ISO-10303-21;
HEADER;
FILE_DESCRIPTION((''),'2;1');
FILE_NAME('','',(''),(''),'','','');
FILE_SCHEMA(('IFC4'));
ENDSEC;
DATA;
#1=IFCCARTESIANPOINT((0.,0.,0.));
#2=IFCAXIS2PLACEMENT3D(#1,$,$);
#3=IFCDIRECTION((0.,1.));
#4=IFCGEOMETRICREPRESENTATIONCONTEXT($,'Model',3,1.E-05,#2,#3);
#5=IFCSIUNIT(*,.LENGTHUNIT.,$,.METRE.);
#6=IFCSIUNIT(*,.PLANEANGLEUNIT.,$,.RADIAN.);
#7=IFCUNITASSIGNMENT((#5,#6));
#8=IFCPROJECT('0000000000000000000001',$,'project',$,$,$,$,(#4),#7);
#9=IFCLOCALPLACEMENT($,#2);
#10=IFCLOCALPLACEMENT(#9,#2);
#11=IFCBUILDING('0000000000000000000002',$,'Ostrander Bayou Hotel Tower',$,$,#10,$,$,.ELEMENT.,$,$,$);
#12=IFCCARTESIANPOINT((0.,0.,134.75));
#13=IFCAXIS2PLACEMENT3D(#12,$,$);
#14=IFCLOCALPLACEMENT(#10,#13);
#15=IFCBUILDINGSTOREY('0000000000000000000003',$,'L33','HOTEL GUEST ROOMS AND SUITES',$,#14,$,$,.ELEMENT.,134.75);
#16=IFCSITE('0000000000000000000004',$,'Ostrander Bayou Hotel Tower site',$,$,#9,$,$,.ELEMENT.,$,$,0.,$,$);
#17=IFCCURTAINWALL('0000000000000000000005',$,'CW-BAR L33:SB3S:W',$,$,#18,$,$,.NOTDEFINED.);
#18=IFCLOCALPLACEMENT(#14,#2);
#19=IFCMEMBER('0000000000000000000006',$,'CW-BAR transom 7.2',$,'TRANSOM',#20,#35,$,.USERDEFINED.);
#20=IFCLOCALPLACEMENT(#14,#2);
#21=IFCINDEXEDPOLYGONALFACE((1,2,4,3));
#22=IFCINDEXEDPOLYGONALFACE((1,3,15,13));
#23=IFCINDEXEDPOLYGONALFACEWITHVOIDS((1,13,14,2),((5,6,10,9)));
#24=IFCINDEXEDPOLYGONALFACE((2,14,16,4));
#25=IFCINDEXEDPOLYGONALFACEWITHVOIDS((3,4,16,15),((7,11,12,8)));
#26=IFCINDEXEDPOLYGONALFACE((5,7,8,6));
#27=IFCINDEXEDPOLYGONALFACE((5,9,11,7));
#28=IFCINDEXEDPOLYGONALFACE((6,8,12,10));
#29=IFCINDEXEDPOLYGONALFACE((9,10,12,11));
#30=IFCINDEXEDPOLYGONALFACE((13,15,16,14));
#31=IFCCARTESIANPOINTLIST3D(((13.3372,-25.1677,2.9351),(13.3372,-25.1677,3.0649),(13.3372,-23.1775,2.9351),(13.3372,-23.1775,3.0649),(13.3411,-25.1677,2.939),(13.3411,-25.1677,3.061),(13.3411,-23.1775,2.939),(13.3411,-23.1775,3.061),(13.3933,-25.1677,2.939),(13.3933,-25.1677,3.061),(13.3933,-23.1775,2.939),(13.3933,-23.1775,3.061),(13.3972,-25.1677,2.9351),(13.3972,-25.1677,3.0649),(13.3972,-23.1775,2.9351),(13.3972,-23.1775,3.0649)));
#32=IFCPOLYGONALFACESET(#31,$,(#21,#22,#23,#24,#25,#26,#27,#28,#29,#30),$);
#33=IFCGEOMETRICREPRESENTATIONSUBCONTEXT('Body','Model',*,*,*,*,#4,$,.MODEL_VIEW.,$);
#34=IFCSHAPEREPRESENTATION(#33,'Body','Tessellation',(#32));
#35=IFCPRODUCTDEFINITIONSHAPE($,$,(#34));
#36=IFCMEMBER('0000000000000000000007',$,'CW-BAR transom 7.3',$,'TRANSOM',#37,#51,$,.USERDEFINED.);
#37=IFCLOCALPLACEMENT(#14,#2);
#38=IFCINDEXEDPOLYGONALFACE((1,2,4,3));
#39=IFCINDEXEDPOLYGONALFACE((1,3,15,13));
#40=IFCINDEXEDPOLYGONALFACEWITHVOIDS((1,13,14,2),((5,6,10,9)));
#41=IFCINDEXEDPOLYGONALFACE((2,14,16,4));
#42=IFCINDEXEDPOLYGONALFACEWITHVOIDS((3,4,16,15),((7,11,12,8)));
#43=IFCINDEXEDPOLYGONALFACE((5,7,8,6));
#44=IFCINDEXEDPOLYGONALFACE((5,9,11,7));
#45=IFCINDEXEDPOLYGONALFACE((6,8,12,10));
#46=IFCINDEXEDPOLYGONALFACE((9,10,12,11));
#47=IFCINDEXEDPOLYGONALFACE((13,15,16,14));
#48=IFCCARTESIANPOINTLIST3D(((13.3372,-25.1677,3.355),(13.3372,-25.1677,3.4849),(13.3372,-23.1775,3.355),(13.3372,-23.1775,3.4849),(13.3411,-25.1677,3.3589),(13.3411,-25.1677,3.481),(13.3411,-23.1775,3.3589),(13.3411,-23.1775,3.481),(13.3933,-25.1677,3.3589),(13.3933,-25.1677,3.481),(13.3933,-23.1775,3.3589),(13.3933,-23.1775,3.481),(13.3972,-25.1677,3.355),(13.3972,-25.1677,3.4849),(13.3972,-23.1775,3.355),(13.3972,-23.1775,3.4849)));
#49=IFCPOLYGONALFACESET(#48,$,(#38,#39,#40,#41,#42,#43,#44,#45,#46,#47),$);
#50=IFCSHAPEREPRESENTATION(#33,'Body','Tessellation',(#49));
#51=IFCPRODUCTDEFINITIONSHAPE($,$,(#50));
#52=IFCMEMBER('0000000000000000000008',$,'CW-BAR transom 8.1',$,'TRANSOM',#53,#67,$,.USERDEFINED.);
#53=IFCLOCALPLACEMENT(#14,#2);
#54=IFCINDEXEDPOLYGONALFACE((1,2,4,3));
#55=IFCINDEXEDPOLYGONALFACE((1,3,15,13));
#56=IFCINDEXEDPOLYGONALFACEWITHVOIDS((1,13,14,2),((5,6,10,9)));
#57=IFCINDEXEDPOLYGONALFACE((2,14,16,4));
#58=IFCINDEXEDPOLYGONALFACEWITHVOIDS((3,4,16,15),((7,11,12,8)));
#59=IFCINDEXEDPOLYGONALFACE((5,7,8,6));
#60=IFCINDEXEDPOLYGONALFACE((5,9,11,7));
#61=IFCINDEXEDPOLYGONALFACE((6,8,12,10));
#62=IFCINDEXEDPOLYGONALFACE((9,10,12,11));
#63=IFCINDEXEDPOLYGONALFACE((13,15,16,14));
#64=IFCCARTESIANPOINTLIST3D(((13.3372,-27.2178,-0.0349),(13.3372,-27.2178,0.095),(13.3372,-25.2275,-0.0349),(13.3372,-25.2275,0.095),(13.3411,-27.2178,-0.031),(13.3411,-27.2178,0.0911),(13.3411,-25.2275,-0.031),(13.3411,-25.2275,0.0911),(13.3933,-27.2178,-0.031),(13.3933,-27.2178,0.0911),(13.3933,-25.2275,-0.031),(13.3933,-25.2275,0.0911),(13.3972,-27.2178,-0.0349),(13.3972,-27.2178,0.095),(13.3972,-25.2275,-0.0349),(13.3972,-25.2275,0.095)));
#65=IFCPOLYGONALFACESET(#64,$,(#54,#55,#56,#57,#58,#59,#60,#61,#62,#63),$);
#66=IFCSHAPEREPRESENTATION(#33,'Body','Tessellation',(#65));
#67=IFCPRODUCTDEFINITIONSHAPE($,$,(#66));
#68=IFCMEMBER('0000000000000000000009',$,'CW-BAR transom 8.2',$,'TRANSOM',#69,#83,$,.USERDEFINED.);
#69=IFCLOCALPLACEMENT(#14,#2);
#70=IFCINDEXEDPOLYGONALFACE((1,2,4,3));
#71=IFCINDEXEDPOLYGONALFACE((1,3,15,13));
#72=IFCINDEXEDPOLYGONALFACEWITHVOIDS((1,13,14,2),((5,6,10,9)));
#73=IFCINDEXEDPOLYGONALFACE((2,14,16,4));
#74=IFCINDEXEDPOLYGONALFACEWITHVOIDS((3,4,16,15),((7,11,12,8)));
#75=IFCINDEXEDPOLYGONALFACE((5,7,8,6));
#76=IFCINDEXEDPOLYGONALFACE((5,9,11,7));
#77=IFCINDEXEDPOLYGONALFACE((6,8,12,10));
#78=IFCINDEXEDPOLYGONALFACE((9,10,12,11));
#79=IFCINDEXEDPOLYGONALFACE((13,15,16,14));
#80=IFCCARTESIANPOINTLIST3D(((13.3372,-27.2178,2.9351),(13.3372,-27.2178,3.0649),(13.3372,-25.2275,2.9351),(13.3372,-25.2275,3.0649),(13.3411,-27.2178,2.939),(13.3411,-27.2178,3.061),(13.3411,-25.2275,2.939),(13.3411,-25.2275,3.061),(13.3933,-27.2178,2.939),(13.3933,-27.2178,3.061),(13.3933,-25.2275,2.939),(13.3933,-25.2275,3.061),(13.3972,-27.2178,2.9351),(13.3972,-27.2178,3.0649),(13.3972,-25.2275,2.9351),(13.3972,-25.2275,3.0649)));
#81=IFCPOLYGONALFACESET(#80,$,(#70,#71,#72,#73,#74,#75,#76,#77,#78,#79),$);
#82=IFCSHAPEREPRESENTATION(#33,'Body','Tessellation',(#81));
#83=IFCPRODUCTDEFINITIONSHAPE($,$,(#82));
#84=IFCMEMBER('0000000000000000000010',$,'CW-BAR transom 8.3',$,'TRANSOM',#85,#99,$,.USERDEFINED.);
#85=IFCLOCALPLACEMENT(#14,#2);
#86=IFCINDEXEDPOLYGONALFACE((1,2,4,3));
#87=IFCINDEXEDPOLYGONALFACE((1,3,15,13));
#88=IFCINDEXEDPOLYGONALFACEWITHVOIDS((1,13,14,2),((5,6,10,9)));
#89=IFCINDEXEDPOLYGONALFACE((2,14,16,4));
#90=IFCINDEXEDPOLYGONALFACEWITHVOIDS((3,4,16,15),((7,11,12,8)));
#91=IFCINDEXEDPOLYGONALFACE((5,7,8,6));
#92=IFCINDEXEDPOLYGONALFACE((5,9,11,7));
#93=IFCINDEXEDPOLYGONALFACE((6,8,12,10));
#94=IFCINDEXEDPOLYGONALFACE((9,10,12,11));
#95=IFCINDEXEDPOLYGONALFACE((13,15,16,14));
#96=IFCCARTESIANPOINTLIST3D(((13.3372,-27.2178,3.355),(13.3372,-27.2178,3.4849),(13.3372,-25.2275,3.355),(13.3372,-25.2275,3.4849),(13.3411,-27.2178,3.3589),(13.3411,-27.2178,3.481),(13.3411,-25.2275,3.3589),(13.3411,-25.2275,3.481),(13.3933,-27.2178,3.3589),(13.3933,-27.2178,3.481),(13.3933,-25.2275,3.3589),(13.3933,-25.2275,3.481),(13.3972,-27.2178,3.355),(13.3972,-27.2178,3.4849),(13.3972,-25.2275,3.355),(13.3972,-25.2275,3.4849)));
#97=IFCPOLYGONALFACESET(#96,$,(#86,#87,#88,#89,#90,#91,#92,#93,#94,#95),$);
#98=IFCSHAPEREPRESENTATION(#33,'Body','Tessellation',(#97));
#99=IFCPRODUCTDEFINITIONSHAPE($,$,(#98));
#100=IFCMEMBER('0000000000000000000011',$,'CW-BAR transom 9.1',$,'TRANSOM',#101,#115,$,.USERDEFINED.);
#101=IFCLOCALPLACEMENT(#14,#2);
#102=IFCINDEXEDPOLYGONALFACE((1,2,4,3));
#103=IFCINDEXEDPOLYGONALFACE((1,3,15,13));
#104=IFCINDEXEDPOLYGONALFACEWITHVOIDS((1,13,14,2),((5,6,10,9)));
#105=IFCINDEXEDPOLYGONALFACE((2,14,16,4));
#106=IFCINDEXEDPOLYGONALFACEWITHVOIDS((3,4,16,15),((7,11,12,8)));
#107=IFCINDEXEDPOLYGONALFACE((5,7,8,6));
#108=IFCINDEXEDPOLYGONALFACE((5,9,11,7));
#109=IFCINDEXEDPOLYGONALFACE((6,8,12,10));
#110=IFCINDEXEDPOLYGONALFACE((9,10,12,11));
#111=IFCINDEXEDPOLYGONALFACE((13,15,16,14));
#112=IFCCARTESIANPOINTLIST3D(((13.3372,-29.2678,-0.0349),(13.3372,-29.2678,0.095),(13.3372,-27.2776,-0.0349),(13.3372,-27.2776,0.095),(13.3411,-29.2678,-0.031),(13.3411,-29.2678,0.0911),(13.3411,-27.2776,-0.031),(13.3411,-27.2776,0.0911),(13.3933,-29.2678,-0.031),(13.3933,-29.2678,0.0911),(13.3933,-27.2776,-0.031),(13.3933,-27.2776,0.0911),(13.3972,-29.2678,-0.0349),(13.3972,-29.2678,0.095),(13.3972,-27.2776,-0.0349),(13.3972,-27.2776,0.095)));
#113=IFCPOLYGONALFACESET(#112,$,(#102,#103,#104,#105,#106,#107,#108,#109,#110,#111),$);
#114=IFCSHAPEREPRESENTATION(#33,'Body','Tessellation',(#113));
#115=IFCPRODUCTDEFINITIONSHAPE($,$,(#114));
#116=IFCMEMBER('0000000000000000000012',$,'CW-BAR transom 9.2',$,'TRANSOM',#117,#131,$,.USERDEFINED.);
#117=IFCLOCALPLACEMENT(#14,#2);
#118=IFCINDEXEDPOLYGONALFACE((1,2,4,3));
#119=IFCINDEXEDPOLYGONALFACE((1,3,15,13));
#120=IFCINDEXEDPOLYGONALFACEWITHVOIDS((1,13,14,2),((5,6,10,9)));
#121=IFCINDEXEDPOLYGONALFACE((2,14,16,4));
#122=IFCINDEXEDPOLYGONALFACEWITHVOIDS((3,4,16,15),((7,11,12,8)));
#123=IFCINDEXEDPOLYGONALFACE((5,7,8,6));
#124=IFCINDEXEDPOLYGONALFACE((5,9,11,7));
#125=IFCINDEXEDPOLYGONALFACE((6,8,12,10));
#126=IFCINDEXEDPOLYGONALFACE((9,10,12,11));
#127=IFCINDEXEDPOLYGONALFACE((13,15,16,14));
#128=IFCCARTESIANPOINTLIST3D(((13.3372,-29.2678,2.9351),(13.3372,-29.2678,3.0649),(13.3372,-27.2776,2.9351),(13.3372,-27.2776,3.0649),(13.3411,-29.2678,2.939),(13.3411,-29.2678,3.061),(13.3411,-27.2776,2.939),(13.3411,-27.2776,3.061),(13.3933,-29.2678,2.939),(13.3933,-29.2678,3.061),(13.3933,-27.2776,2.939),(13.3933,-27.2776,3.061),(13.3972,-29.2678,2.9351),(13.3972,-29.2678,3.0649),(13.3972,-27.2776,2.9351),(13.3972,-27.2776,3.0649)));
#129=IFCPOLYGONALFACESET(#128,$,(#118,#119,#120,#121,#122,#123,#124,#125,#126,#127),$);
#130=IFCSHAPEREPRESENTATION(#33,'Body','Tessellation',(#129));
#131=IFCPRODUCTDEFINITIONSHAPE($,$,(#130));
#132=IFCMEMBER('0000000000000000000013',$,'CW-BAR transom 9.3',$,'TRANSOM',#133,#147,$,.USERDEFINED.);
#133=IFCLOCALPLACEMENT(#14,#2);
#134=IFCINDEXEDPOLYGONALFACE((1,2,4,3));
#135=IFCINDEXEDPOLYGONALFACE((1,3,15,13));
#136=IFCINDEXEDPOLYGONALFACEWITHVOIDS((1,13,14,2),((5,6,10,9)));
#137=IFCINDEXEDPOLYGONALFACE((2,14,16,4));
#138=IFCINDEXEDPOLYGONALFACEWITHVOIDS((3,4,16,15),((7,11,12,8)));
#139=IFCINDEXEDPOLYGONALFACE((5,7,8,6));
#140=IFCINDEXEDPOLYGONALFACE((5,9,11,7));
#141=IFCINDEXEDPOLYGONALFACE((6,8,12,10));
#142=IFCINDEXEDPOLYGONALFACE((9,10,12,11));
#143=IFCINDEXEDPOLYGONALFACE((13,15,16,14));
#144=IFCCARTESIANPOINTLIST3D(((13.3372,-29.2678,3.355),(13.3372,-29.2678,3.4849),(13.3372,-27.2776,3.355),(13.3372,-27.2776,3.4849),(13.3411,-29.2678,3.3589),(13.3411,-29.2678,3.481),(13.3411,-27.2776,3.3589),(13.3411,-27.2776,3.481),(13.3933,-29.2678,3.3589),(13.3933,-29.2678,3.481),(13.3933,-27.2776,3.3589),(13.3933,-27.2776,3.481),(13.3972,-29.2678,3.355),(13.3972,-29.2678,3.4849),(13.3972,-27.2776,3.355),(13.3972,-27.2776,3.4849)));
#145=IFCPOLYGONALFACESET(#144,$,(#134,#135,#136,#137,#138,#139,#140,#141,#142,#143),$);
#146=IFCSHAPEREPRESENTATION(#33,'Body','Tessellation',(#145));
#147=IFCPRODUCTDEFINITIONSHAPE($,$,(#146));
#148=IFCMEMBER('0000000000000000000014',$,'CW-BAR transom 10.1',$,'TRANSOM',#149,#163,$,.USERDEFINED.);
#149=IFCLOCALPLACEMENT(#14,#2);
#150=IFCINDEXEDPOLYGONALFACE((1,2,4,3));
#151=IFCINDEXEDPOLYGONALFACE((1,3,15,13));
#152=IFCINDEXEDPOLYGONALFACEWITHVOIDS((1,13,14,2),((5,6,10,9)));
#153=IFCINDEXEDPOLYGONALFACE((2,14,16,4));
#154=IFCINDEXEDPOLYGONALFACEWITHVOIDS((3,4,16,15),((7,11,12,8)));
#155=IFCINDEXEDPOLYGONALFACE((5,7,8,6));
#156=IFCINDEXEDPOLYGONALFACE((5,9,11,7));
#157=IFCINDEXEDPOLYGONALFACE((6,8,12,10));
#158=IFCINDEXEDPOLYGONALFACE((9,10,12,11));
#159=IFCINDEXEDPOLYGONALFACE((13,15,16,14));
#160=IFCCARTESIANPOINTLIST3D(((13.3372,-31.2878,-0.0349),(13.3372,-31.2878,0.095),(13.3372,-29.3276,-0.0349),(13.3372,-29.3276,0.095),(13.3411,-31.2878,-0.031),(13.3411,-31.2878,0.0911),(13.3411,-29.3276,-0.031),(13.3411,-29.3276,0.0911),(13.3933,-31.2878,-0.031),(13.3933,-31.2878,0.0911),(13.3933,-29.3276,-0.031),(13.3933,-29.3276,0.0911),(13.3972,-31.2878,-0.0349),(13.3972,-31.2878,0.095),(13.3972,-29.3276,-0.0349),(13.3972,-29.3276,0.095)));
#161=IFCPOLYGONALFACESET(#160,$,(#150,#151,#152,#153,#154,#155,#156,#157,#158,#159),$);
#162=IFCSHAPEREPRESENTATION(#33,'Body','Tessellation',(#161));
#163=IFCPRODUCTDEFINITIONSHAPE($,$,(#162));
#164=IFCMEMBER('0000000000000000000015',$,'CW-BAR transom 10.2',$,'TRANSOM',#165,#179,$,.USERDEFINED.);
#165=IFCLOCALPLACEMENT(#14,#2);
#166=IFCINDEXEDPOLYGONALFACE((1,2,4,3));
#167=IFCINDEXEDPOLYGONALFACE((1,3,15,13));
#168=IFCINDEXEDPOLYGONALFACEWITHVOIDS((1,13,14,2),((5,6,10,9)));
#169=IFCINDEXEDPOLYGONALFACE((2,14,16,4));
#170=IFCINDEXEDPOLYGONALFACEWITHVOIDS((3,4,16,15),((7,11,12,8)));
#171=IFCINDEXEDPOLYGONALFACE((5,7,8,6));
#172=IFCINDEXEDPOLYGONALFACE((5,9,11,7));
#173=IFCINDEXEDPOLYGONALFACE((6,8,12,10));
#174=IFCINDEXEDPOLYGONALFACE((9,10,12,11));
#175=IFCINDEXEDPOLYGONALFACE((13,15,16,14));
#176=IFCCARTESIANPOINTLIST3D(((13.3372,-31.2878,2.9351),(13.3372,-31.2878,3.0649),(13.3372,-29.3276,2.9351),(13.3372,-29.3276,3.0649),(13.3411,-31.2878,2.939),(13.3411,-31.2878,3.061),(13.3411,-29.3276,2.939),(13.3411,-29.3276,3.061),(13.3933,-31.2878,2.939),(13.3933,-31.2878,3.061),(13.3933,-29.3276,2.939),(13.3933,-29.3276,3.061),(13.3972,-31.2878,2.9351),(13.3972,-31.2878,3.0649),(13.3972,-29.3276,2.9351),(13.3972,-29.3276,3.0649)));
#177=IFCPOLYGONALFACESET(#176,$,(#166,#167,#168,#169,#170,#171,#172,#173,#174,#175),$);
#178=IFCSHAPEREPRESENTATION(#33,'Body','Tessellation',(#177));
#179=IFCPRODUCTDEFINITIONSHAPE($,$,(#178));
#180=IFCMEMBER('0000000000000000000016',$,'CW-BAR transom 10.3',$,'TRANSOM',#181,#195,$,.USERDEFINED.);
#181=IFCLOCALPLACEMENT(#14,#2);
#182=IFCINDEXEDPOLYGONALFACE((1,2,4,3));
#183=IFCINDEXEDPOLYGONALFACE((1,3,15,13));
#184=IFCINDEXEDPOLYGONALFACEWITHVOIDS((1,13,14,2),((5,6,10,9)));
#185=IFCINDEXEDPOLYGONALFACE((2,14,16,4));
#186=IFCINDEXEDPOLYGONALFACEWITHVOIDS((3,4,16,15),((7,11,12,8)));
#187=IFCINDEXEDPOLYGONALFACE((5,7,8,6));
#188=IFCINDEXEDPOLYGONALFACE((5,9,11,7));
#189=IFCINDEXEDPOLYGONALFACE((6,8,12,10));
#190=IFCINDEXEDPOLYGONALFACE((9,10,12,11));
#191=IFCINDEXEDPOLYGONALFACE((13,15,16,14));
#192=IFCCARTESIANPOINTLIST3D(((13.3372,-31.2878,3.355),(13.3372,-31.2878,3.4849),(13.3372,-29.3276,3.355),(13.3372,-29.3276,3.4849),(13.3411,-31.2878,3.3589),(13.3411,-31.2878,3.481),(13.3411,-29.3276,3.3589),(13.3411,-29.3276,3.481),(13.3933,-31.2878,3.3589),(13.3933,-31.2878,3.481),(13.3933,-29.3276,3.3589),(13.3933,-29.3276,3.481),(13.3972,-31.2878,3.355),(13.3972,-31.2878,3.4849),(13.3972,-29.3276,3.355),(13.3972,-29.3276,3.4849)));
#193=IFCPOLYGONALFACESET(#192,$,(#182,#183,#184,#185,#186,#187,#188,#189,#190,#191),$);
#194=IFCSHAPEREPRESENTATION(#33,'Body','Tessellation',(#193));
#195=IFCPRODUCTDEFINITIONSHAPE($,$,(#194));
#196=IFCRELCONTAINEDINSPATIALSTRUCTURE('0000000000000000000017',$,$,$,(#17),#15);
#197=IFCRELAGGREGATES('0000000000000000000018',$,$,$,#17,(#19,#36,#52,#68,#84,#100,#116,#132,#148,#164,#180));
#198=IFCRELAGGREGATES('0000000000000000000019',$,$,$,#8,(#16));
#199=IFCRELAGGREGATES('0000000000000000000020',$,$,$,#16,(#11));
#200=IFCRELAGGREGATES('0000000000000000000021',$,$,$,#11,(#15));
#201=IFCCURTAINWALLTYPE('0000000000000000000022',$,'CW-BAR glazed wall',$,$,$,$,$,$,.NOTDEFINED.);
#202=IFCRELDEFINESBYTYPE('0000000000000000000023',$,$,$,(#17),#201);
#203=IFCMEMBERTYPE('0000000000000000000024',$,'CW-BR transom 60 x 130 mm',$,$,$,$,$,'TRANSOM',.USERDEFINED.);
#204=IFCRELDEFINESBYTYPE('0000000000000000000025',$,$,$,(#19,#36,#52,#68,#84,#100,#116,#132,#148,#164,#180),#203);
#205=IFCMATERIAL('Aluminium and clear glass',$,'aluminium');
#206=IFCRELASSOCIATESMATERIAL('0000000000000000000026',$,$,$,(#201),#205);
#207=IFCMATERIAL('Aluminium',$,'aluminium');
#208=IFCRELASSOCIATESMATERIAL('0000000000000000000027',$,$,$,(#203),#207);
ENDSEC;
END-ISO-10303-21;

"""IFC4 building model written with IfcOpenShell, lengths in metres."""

from ifc_helpers import new_model, si_unit, direction, frame, origin, origin_2d, place, context, subcontext, project, spatial, hollow_rectangle, extrude, material, material_profile, profile_set, type_object, element, aggregate, save


model = new_model("IFC4")

# Units and contexts
model_context = context("Model", 3, precision=1e-05, world=origin(), true_north=direction((0.0, 1.0)))
body_context = subcontext(model_context, "Body", "Model", "MODEL_VIEW")
ifc_project = project(units=[si_unit("LENGTHUNIT", "METRE"), si_unit("PLANEANGLEUNIT", "RADIAN")], contexts=[model_context])

# Site, building, storey
site_placement = place(None, origin())
site = spatial("IfcSite", under=ifc_project, at=site_placement, Name="Ostrander Bayou Hotel Tower site", CompositionType="ELEMENT", RefElevation=0.0)
building_placement = place(site_placement, origin())
building = spatial("IfcBuilding", under=site, at=building_placement, Name="Ostrander Bayou Hotel Tower", CompositionType="ELEMENT")
storey_placement = place(building_placement, frame((0.0, 0.0, 134.75)))
storey = spatial("IfcBuildingStorey", under=building, at=storey_placement, Name="L33", Description="HOTEL GUEST ROOMS AND SUITES", CompositionType="ELEMENT", Elevation=134.75)

# Shared definitions
ifc_material_1 = material(Name="Aluminium and clear glass", Category="aluminium")
curtain_wall_type = type_object("IfcCurtainWallType", Name="CW-BAR glazed wall", PredefinedType="NOTDEFINED", material=ifc_material_1)

# Curtain wall, members
curtain_wall_1_placement = place(storey_placement, origin())
curtain_wall_1 = element("IfcCurtainWall", 1, at=curtain_wall_1_placement, inside=storey, type_object=curtain_wall_type, Name="CW-BAR L33:SB3S:W", PredefinedType="NOTDEFINED")
ifc_material_2 = material(Name="Aluminium", Category="aluminium")
ifc_material_profile_1 = material_profile(ifc_material_2, hollow_rectangle(XDim=0.0601, YDim=0.1299, WallThickness=0.0039, at=origin_2d()))
ifc_profile_set_1 = profile_set([ifc_material_profile_1], Name="Aluminium")
member_type_1 = type_object("IfcMemberType", Name="CW-BR transom 60 x 130 mm", ElementType="TRANSOM", PredefinedType="USERDEFINED", material=ifc_profile_set_1)
member_1_placement = place(storey_placement, frame((13.3672, -23.1775, 3.0), z_axis=(0.0, -1.0, 0.0), x_axis=(1.0, 0.0, 0.0)))
member_1 = element("IfcMember", 2, at=member_1_placement, type_object=member_type_1, Name="CW-BAR transom 7.2", ObjectType="TRANSOM", PredefinedType="USERDEFINED", context=body_context, shape_type="SweptSolid", body=[
    extrude(hollow_rectangle(XDim=0.0601, YDim=0.1299, WallThickness=0.0039, at=origin_2d()), origin(), (0.0, 0.0, 1.0), 1.9902),
])
member_2_placement = place(storey_placement, frame((13.3672, -23.1775, 3.4199), z_axis=(0.0, -1.0, 0.0), x_axis=(1.0, 0.0, 0.0)))
member_2 = element("IfcMember", 3, at=member_2_placement, type_object=member_type_1, Name="CW-BAR transom 7.3", ObjectType="TRANSOM", PredefinedType="USERDEFINED", context=body_context, shape_type="SweptSolid", body=[
    extrude(hollow_rectangle(XDim=0.0601, YDim=0.1299, WallThickness=0.0039, at=origin_2d()), origin(), (0.0, 0.0, 1.0), 1.9902),
])
member_3_placement = place(storey_placement, frame((13.3672, -25.2275, 0.03), z_axis=(0.0, -1.0, 0.0), x_axis=(1.0, 0.0, 0.0)))
member_3 = element("IfcMember", 4, at=member_3_placement, type_object=member_type_1, Name="CW-BAR transom 8.1", ObjectType="TRANSOM", PredefinedType="USERDEFINED", context=body_context, shape_type="SweptSolid", body=[
    extrude(hollow_rectangle(XDim=0.0601, YDim=0.1299, WallThickness=0.0039, at=origin_2d()), origin(), (0.0, 0.0, 1.0), 1.9902),
])
member_4_placement = place(storey_placement, frame((13.3672, -25.2275, 3.0), z_axis=(0.0, -1.0, 0.0), x_axis=(1.0, 0.0, 0.0)))
member_4 = element("IfcMember", 5, at=member_4_placement, type_object=member_type_1, Name="CW-BAR transom 8.2", ObjectType="TRANSOM", PredefinedType="USERDEFINED", context=body_context, shape_type="SweptSolid", body=[
    extrude(hollow_rectangle(XDim=0.0601, YDim=0.1299, WallThickness=0.0039, at=origin_2d()), origin(), (0.0, 0.0, 1.0), 1.9902),
])
member_5_placement = place(storey_placement, frame((13.3672, -25.2275, 3.4199), z_axis=(0.0, -1.0, 0.0), x_axis=(1.0, 0.0, 0.0)))
member_5 = element("IfcMember", 6, at=member_5_placement, type_object=member_type_1, Name="CW-BAR transom 8.3", ObjectType="TRANSOM", PredefinedType="USERDEFINED", context=body_context, shape_type="SweptSolid", body=[
    extrude(hollow_rectangle(XDim=0.0601, YDim=0.1299, WallThickness=0.0039, at=origin_2d()), origin(), (0.0, 0.0, 1.0), 1.9902),
])
member_6_placement = place(storey_placement, frame((13.3672, -27.2776, 0.03), z_axis=(0.0, -1.0, 0.0), x_axis=(1.0, 0.0, 0.0)))
member_6 = element("IfcMember", 7, at=member_6_placement, type_object=member_type_1, Name="CW-BAR transom 9.1", ObjectType="TRANSOM", PredefinedType="USERDEFINED", context=body_context, shape_type="SweptSolid", body=[
    extrude(hollow_rectangle(XDim=0.0601, YDim=0.1299, WallThickness=0.0039, at=origin_2d()), origin(), (0.0, 0.0, 1.0), 1.9902),
])
member_7_placement = place(storey_placement, frame((13.3672, -27.2776, 3.0), z_axis=(0.0, -1.0, 0.0), x_axis=(1.0, 0.0, 0.0)))
member_7 = element("IfcMember", 8, at=member_7_placement, type_object=member_type_1, Name="CW-BAR transom 9.2", ObjectType="TRANSOM", PredefinedType="USERDEFINED", context=body_context, shape_type="SweptSolid", body=[
    extrude(hollow_rectangle(XDim=0.0601, YDim=0.1299, WallThickness=0.0039, at=origin_2d()), origin(), (0.0, 0.0, 1.0), 1.9902),
])
member_8_placement = place(storey_placement, frame((13.3672, -27.2776, 3.4199), z_axis=(0.0, -1.0, 0.0), x_axis=(1.0, 0.0, 0.0)))
member_8 = element("IfcMember", 9, at=member_8_placement, type_object=member_type_1, Name="CW-BAR transom 9.3", ObjectType="TRANSOM", PredefinedType="USERDEFINED", context=body_context, shape_type="SweptSolid", body=[
    extrude(hollow_rectangle(XDim=0.0601, YDim=0.1299, WallThickness=0.0039, at=origin_2d()), origin(), (0.0, 0.0, 1.0), 1.9902),
])
member_9_placement = place(storey_placement, frame((13.3672, -29.3276, 0.03), z_axis=(0.0, -1.0, 0.0), x_axis=(1.0, 0.0, 0.0)))
member_9 = element("IfcMember", 10, at=member_9_placement, type_object=member_type_1, Name="CW-BAR transom 10.1", ObjectType="TRANSOM", PredefinedType="USERDEFINED", context=body_context, shape_type="SweptSolid", body=[
    extrude(hollow_rectangle(XDim=0.0601, YDim=0.1299, WallThickness=0.0039, at=origin_2d()), origin(), (0.0, 0.0, 1.0), 1.9602),
])
member_10_placement = place(storey_placement, frame((13.3672, -29.3276, 3.0), z_axis=(0.0, -1.0, 0.0), x_axis=(1.0, 0.0, 0.0)))
member_10 = element("IfcMember", 11, at=member_10_placement, type_object=member_type_1, Name="CW-BAR transom 10.2", ObjectType="TRANSOM", PredefinedType="USERDEFINED", context=body_context, shape_type="SweptSolid", body=[
    extrude(hollow_rectangle(XDim=0.0601, YDim=0.1299, WallThickness=0.0039, at=origin_2d()), origin(), (0.0, 0.0, 1.0), 1.9602),
])
member_11_placement = place(storey_placement, frame((13.3672, -29.3276, 3.4199), z_axis=(0.0, -1.0, 0.0), x_axis=(1.0, 0.0, 0.0)))
member_11 = element("IfcMember", 12, at=member_11_placement, type_object=member_type_1, Name="CW-BAR transom 10.3", ObjectType="TRANSOM", PredefinedType="USERDEFINED", context=body_context, shape_type="SweptSolid", body=[
    extrude(hollow_rectangle(XDim=0.0601, YDim=0.1299, WallThickness=0.0039, at=origin_2d()), origin(), (0.0, 0.0, 1.0), 1.9602),
])

aggregate(curtain_wall_1, [member_1, member_2, member_3, member_4, member_5, member_6, member_7, member_8, member_9, member_10, member_11])

save(model, "model.ifc")
